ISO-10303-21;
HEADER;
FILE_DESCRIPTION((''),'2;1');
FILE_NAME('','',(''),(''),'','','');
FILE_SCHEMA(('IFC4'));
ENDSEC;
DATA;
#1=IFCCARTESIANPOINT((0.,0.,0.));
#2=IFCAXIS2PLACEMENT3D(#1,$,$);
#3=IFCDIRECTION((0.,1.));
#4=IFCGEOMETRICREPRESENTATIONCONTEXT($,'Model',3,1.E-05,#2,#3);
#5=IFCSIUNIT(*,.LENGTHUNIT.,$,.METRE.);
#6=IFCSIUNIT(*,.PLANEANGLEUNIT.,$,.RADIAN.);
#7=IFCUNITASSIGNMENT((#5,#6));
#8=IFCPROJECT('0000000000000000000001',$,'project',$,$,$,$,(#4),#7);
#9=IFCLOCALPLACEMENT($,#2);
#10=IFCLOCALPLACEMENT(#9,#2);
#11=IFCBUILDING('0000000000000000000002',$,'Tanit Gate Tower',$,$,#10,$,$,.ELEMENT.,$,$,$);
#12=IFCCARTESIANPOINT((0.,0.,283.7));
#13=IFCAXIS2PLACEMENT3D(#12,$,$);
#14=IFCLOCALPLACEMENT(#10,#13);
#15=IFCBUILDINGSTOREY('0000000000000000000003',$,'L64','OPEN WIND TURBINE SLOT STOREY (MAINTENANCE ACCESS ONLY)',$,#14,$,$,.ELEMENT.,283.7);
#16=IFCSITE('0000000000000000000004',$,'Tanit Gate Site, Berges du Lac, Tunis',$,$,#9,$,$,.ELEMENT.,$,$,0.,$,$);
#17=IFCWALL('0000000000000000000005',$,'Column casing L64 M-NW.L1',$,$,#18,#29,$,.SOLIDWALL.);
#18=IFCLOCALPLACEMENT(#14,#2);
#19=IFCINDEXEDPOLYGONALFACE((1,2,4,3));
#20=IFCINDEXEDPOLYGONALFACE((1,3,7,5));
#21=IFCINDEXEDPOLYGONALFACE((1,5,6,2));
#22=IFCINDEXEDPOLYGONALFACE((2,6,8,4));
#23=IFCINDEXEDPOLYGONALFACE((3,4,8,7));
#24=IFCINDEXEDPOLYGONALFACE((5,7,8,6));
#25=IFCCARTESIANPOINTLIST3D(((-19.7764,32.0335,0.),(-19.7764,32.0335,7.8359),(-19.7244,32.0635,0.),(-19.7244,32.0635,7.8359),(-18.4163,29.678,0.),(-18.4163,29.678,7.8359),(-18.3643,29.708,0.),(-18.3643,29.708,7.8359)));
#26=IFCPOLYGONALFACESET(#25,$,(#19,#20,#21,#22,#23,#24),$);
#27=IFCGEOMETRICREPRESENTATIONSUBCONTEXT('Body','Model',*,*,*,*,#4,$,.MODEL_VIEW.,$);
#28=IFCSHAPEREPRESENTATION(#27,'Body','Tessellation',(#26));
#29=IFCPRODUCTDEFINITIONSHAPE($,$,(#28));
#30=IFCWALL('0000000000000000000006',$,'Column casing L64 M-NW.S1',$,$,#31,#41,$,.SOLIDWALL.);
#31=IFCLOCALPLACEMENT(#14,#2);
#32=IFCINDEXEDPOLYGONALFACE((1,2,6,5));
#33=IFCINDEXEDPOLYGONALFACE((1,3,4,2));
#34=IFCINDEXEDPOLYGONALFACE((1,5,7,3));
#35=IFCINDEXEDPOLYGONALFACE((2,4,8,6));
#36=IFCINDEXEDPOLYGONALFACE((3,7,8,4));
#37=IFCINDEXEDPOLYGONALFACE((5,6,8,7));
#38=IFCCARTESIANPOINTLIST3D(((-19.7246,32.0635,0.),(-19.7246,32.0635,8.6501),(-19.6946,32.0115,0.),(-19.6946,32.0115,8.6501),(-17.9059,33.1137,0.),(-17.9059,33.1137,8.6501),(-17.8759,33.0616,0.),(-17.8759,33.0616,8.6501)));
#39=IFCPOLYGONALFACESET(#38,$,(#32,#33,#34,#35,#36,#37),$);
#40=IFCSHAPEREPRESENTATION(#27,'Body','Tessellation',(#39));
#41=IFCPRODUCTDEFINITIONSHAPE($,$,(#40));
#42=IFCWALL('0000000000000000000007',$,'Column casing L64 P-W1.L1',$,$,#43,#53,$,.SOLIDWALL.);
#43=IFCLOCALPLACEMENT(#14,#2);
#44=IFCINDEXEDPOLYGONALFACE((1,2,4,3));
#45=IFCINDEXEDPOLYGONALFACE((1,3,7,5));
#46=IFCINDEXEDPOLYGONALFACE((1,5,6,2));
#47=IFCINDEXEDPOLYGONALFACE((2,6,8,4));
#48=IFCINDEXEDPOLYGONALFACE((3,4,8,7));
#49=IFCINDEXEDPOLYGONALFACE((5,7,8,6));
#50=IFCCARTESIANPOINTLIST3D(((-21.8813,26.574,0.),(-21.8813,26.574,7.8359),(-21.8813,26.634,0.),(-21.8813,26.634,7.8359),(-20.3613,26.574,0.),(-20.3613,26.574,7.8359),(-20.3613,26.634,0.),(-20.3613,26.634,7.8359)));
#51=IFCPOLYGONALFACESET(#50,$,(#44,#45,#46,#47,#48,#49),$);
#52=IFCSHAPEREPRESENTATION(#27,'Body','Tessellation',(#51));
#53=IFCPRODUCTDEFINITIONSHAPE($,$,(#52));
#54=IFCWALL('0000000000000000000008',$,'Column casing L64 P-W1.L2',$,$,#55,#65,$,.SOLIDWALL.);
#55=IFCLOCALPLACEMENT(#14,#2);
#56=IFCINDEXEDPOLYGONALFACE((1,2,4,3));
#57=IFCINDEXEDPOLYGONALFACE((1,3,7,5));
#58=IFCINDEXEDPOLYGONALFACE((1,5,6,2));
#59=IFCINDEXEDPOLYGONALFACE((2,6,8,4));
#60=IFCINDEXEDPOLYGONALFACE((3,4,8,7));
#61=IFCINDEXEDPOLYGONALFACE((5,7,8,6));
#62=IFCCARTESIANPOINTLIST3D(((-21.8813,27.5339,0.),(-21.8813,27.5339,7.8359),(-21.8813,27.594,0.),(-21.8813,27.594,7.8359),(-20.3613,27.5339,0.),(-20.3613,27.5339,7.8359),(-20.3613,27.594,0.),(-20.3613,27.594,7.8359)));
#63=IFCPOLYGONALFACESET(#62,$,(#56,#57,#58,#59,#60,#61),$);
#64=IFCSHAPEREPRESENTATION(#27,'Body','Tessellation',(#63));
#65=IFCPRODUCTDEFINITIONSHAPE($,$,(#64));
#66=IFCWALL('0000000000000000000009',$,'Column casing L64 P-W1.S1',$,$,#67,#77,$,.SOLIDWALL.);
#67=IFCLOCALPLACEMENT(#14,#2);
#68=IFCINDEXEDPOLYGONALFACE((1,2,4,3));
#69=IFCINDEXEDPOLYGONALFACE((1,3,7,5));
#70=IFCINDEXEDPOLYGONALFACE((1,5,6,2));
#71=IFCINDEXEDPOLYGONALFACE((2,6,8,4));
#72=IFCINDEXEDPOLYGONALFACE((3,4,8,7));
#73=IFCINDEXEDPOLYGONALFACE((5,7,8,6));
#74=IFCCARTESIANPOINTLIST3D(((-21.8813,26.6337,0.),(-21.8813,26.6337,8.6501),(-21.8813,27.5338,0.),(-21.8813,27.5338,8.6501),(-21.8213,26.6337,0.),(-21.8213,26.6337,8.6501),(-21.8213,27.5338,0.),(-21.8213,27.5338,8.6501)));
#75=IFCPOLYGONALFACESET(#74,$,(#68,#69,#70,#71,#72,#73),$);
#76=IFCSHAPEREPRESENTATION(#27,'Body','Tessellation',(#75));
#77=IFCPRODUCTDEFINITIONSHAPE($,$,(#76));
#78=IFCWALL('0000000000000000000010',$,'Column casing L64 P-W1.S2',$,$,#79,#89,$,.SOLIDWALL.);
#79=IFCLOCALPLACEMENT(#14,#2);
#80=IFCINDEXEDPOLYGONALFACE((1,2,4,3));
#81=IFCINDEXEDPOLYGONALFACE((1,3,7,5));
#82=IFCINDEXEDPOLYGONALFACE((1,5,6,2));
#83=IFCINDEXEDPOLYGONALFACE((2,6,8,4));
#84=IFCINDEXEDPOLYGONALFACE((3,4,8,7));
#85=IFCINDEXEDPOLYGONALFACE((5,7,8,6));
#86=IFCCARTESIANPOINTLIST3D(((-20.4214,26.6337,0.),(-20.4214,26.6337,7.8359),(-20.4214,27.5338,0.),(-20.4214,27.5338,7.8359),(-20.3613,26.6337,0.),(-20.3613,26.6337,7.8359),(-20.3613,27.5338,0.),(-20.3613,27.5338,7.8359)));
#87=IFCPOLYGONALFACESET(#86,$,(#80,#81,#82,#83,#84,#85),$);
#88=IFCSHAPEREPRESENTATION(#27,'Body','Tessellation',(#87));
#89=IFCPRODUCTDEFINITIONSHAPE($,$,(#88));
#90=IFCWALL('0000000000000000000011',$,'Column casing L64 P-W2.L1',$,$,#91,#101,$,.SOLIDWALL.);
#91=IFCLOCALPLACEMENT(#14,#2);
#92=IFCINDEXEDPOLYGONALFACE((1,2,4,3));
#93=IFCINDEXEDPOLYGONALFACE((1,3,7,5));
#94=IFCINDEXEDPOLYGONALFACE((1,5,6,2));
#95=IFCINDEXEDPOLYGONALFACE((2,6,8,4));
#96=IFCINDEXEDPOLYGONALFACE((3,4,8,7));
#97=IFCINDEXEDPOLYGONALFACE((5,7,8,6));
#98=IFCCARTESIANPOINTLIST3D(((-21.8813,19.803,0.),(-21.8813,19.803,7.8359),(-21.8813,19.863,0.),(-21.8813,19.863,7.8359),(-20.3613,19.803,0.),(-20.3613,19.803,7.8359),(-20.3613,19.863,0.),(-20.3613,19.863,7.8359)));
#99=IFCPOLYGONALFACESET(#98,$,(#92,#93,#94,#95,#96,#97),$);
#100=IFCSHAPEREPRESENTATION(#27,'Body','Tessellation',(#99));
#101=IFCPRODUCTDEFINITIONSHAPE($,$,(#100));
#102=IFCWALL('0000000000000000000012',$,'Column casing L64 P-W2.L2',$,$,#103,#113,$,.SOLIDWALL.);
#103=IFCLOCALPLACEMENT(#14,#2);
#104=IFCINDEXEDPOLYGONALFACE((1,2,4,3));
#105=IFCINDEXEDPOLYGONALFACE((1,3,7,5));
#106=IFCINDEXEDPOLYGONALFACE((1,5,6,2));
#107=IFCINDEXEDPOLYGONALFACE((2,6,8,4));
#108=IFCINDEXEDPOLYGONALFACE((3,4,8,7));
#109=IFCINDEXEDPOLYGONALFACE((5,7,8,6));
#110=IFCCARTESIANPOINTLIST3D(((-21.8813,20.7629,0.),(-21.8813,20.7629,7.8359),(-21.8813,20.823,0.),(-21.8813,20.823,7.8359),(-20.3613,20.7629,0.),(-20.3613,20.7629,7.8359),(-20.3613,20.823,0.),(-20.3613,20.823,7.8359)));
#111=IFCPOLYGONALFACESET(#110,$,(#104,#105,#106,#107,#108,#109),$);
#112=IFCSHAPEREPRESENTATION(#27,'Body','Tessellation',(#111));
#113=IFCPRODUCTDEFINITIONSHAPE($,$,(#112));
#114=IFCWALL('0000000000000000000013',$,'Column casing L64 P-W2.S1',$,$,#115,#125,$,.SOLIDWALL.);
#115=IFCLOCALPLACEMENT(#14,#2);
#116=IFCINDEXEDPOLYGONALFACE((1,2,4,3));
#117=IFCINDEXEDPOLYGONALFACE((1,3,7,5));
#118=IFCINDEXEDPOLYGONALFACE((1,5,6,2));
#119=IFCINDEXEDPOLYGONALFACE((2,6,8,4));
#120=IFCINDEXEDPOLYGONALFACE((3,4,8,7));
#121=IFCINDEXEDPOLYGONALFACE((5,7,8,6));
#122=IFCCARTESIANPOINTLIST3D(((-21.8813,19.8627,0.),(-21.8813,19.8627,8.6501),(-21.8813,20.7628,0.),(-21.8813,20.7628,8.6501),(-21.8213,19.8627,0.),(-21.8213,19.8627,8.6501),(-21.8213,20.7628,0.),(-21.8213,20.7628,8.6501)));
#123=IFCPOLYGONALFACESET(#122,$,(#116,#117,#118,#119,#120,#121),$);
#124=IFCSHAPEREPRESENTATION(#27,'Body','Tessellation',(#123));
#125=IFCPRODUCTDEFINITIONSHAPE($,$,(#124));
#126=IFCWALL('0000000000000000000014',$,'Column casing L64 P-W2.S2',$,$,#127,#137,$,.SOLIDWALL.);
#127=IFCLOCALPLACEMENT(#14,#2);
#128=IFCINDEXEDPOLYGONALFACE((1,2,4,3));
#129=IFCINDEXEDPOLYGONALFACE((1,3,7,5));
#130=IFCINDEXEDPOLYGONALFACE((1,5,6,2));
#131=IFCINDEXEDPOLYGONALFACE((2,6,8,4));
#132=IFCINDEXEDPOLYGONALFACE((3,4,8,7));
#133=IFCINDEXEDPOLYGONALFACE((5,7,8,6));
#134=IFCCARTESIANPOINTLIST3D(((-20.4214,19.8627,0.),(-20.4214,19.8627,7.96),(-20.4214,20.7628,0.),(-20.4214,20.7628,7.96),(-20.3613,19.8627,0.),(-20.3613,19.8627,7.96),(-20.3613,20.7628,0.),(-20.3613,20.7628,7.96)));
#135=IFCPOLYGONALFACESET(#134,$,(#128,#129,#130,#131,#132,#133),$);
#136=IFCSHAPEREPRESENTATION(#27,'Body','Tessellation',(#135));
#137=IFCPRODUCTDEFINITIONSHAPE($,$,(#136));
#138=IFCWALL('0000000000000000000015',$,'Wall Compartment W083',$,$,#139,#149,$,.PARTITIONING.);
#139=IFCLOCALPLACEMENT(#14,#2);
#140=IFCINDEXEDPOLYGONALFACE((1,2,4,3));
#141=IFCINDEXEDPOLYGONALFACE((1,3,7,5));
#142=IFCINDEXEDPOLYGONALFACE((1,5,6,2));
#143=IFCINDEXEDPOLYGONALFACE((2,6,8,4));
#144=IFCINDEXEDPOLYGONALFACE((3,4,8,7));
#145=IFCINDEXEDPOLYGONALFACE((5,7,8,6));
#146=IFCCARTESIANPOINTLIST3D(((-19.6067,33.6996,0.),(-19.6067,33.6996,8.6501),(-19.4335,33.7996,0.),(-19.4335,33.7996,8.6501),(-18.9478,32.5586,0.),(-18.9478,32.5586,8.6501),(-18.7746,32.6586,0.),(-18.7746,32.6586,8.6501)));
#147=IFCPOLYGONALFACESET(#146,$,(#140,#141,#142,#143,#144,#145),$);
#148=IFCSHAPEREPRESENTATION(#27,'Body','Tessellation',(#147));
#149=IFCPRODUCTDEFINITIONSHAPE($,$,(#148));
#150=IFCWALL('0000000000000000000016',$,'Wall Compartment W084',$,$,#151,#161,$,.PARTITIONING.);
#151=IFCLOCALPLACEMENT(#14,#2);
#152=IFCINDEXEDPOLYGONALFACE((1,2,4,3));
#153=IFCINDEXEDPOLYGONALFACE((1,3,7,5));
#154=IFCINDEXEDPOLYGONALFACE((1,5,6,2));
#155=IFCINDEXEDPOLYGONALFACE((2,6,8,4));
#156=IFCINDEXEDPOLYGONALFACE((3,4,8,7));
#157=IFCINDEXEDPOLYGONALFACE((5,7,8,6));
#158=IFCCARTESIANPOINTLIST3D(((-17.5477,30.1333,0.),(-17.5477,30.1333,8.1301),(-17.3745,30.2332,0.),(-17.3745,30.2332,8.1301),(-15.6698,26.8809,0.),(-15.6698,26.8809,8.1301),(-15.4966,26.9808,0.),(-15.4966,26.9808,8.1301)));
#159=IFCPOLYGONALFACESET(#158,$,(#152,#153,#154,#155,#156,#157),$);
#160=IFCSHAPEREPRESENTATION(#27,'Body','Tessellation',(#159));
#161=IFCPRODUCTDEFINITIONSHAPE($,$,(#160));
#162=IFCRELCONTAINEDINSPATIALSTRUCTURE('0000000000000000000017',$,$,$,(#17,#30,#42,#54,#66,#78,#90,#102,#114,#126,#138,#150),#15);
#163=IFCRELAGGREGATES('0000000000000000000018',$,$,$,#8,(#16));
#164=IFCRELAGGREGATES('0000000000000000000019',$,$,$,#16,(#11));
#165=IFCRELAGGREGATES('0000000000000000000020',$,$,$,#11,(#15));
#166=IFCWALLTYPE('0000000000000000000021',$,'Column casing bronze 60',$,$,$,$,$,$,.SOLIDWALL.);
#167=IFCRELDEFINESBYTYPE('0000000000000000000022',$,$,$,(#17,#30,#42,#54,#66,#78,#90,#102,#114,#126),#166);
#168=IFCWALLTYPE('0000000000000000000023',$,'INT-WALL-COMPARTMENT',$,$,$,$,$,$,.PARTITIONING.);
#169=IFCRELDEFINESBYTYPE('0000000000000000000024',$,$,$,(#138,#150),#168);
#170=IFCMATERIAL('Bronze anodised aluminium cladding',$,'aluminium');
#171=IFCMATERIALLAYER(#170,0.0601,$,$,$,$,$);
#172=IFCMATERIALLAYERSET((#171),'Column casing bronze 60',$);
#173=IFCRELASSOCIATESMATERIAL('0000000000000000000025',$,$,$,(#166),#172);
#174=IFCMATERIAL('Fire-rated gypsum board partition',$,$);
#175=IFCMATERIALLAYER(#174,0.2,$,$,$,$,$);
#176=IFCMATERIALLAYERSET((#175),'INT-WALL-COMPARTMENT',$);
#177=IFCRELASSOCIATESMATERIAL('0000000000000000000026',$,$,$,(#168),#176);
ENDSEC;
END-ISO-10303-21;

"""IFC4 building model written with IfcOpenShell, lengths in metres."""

from ifc_helpers import new_model, si_unit, direction, frame, frame_2d, origin, place, context, subcontext, project, spatial, rectangle, extrude, material, layer, layer_set, type_object, element, save


model = new_model("IFC4")

# Units and contexts
model_context = context("Model", 3, precision=1e-05, world=origin(), true_north=direction((0.0, 1.0)))
body_context = subcontext(model_context, "Body", "Model", "MODEL_VIEW")
ifc_project = project(units=[si_unit("LENGTHUNIT", "METRE"), si_unit("PLANEANGLEUNIT", "RADIAN")], contexts=[model_context])

# Site, building, storey
site_placement = place(None, origin())
site = spatial("IfcSite", under=ifc_project, at=site_placement, Name="Tanit Gate Site, Berges du Lac, Tunis", CompositionType="ELEMENT", RefElevation=0.0)
building_placement = place(site_placement, origin())
building = spatial("IfcBuilding", under=site, at=building_placement, Name="Tanit Gate Tower", CompositionType="ELEMENT")
storey_placement = place(building_placement, frame((0.0, 0.0, 283.7)))
storey = spatial("IfcBuildingStorey", under=building, at=storey_placement, Name="L64", Description="OPEN WIND TURBINE SLOT STOREY (MAINTENANCE ACCESS ONLY)", CompositionType="ELEMENT", Elevation=283.7)

# Walls
ifc_material_1 = material(Name="Bronze anodised aluminium cladding", Category="aluminium")
ifc_layer_1 = layer(ifc_material_1, 0.0601)
ifc_layer_set_1 = layer_set([ifc_layer_1], Name="Column casing bronze 60")
wall_type_1 = type_object("IfcWallType", Name="Column casing bronze 60", PredefinedType="SOLIDWALL", material=ifc_layer_set_1)
wall_1_placement = place(storey_placement, frame((-18.3904, 29.6931, 0.0), z_axis=(0.0, 0.0, 1.0), x_axis=(-0.500049, 0.865997, 0.0)))
element("IfcWall", 1, at=wall_1_placement, inside=storey, type_object=wall_type_1, Name="Column casing L64 M-NW.L1", PredefinedType="SOLIDWALL", context=body_context, shape_type="SweptSolid", body=[
    extrude(rectangle(XDim=2.72, YDim=0.0601, at=frame_2d((1.3599, 0.0))), origin(), (0.0, 0.0, 1.0), 7.8359),
])
wall_2_placement = place(storey_placement, frame((-17.8909, 33.0876, 0.0), z_axis=(0.0, 0.0, 1.0), x_axis=(-0.866009, -0.500028, 0.0)))
element("IfcWall", 2, at=wall_2_placement, inside=storey, type_object=wall_type_1, Name="Column casing L64 M-NW.S1", PredefinedType="SOLIDWALL", context=body_context, shape_type="SweptSolid", body=[
    extrude(rectangle(XDim=2.1001, YDim=0.0601, at=frame_2d((1.05, 0.0))), origin(), (0.0, 0.0, 1.0), 8.6501),
])
for number, where, z_axis, x_axis, name in (
    (3, (-20.3613, 26.604, 0.0), (0.0, 0.0, 1.0), (-1.0, 0.0, 0.0), "Column casing L64 P-W1.L1"),
    (4, (-20.3613, 27.564, 0.0), (0.0, 0.0, 1.0), (-1.0, 0.0, 0.0), "Column casing L64 P-W1.L2"),
):
    element("IfcWall", number, at=place(storey_placement, frame(where, z_axis=z_axis, x_axis=x_axis)), inside=storey, type_object=wall_type_1, Name=name, PredefinedType="SOLIDWALL", context=body_context, shape_type="SweptSolid", body=[
        extrude(rectangle(XDim=1.52, YDim=0.0601, at=frame_2d((0.76, 0.0))), origin(), (0.0, 0.0, 1.0), 7.8359),
    ])
wall_3_placement = place(storey_placement, frame((-21.8513, 27.5339, 0.0), z_axis=(0.0, 0.0, 1.0), x_axis=(0.0, -1.0, 0.0)))
element("IfcWall", 5, at=wall_3_placement, inside=storey, type_object=wall_type_1, Name="Column casing L64 P-W1.S1", PredefinedType="SOLIDWALL", context=body_context, shape_type="SweptSolid", body=[
    extrude(rectangle(XDim=0.9001, YDim=0.0601, at=frame_2d((0.4502, 0.0))), origin(), (0.0, 0.0, 1.0), 8.6501),
])
wall_4_placement = place(storey_placement, frame((-20.3914, 27.5339, 0.0), z_axis=(0.0, 0.0, 1.0), x_axis=(0.0, -1.0, 0.0)))
element("IfcWall", 6, at=wall_4_placement, inside=storey, type_object=wall_type_1, Name="Column casing L64 P-W1.S2", PredefinedType="SOLIDWALL", context=body_context, shape_type="SweptSolid", body=[
    extrude(rectangle(XDim=0.9001, YDim=0.0601, at=frame_2d((0.4502, 0.0))), origin(), (0.0, 0.0, 1.0), 7.8359),
])
for number, where, z_axis, x_axis, name in (
    (7, (-20.3613, 19.833, 0.0), (0.0, 0.0, 1.0), (-1.0, 0.0, 0.0), "Column casing L64 P-W2.L1"),
    (8, (-20.3613, 20.793, 0.0), (0.0, 0.0, 1.0), (-1.0, 0.0, 0.0), "Column casing L64 P-W2.L2"),
):
    element("IfcWall", number, at=place(storey_placement, frame(where, z_axis=z_axis, x_axis=x_axis)), inside=storey, type_object=wall_type_1, Name=name, PredefinedType="SOLIDWALL", context=body_context, shape_type="SweptSolid", body=[
        extrude(rectangle(XDim=1.52, YDim=0.0601, at=frame_2d((0.76, 0.0))), origin(), (0.0, 0.0, 1.0), 7.8359),
    ])
wall_5_placement = place(storey_placement, frame((-21.8513, 20.7629, 0.0), z_axis=(0.0, 0.0, 1.0), x_axis=(0.0, -1.0, 0.0)))
element("IfcWall", 9, at=wall_5_placement, inside=storey, type_object=wall_type_1, Name="Column casing L64 P-W2.S1", PredefinedType="SOLIDWALL", context=body_context, shape_type="SweptSolid", body=[
    extrude(rectangle(XDim=0.9001, YDim=0.0601, at=frame_2d((0.4502, 0.0))), origin(), (0.0, 0.0, 1.0), 8.6501),
])
wall_6_placement = place(storey_placement, frame((-20.3914, 20.7629, 0.0), z_axis=(0.0, 0.0, 1.0), x_axis=(0.0, -1.0, 0.0)))
element("IfcWall", 10, at=wall_6_placement, inside=storey, type_object=wall_type_1, Name="Column casing L64 P-W2.S2", PredefinedType="SOLIDWALL", context=body_context, shape_type="SweptSolid", body=[
    extrude(rectangle(XDim=0.9001, YDim=0.0601, at=frame_2d((0.4502, 0.0))), origin(), (0.0, 0.0, 1.0), 7.96),
])
ifc_material_2 = material(Name="Fire-rated gypsum board partition")
ifc_layer_2 = layer(ifc_material_2, 0.2)
ifc_layer_set_2 = layer_set([ifc_layer_2], Name="INT-WALL-COMPARTMENT")
wall_type_2 = type_object("IfcWallType", Name="INT-WALL-COMPARTMENT", PredefinedType="PARTITIONING", material=ifc_layer_set_2)
wall_7_placement = place(storey_placement, frame((-19.52, 33.7495, 0.0), z_axis=(0.0, 0.0, 1.0), x_axis=(0.500065, -0.865988, 0.0)))
element("IfcWall", 11, at=wall_7_placement, inside=storey, type_object=wall_type_2, Name="Wall Compartment W083", PredefinedType="PARTITIONING", context=body_context, shape_type="SweptSolid", body=[
    extrude(rectangle(XDim=1.3176, YDim=0.2, at=frame_2d((0.6587, 0.0))), origin(), (0.0, 0.0, 1.0), 8.6501),
])
wall_8_placement = place(storey_placement, frame((-17.4612, 30.1833, 0.0), z_axis=(0.0, 0.0, 1.0), x_axis=(0.500026, -0.86601, 0.0)))
element("IfcWall", 12, at=wall_8_placement, inside=storey, type_object=wall_type_2, Name="Wall Compartment W084", PredefinedType="PARTITIONING", context=body_context, shape_type="SweptSolid", body=[
    extrude(rectangle(XDim=3.7556, YDim=0.2, at=frame_2d((1.8779, 0.0))), origin(), (0.0, 0.0, 1.0), 8.1301),
])

save(model, "model.ifc")
